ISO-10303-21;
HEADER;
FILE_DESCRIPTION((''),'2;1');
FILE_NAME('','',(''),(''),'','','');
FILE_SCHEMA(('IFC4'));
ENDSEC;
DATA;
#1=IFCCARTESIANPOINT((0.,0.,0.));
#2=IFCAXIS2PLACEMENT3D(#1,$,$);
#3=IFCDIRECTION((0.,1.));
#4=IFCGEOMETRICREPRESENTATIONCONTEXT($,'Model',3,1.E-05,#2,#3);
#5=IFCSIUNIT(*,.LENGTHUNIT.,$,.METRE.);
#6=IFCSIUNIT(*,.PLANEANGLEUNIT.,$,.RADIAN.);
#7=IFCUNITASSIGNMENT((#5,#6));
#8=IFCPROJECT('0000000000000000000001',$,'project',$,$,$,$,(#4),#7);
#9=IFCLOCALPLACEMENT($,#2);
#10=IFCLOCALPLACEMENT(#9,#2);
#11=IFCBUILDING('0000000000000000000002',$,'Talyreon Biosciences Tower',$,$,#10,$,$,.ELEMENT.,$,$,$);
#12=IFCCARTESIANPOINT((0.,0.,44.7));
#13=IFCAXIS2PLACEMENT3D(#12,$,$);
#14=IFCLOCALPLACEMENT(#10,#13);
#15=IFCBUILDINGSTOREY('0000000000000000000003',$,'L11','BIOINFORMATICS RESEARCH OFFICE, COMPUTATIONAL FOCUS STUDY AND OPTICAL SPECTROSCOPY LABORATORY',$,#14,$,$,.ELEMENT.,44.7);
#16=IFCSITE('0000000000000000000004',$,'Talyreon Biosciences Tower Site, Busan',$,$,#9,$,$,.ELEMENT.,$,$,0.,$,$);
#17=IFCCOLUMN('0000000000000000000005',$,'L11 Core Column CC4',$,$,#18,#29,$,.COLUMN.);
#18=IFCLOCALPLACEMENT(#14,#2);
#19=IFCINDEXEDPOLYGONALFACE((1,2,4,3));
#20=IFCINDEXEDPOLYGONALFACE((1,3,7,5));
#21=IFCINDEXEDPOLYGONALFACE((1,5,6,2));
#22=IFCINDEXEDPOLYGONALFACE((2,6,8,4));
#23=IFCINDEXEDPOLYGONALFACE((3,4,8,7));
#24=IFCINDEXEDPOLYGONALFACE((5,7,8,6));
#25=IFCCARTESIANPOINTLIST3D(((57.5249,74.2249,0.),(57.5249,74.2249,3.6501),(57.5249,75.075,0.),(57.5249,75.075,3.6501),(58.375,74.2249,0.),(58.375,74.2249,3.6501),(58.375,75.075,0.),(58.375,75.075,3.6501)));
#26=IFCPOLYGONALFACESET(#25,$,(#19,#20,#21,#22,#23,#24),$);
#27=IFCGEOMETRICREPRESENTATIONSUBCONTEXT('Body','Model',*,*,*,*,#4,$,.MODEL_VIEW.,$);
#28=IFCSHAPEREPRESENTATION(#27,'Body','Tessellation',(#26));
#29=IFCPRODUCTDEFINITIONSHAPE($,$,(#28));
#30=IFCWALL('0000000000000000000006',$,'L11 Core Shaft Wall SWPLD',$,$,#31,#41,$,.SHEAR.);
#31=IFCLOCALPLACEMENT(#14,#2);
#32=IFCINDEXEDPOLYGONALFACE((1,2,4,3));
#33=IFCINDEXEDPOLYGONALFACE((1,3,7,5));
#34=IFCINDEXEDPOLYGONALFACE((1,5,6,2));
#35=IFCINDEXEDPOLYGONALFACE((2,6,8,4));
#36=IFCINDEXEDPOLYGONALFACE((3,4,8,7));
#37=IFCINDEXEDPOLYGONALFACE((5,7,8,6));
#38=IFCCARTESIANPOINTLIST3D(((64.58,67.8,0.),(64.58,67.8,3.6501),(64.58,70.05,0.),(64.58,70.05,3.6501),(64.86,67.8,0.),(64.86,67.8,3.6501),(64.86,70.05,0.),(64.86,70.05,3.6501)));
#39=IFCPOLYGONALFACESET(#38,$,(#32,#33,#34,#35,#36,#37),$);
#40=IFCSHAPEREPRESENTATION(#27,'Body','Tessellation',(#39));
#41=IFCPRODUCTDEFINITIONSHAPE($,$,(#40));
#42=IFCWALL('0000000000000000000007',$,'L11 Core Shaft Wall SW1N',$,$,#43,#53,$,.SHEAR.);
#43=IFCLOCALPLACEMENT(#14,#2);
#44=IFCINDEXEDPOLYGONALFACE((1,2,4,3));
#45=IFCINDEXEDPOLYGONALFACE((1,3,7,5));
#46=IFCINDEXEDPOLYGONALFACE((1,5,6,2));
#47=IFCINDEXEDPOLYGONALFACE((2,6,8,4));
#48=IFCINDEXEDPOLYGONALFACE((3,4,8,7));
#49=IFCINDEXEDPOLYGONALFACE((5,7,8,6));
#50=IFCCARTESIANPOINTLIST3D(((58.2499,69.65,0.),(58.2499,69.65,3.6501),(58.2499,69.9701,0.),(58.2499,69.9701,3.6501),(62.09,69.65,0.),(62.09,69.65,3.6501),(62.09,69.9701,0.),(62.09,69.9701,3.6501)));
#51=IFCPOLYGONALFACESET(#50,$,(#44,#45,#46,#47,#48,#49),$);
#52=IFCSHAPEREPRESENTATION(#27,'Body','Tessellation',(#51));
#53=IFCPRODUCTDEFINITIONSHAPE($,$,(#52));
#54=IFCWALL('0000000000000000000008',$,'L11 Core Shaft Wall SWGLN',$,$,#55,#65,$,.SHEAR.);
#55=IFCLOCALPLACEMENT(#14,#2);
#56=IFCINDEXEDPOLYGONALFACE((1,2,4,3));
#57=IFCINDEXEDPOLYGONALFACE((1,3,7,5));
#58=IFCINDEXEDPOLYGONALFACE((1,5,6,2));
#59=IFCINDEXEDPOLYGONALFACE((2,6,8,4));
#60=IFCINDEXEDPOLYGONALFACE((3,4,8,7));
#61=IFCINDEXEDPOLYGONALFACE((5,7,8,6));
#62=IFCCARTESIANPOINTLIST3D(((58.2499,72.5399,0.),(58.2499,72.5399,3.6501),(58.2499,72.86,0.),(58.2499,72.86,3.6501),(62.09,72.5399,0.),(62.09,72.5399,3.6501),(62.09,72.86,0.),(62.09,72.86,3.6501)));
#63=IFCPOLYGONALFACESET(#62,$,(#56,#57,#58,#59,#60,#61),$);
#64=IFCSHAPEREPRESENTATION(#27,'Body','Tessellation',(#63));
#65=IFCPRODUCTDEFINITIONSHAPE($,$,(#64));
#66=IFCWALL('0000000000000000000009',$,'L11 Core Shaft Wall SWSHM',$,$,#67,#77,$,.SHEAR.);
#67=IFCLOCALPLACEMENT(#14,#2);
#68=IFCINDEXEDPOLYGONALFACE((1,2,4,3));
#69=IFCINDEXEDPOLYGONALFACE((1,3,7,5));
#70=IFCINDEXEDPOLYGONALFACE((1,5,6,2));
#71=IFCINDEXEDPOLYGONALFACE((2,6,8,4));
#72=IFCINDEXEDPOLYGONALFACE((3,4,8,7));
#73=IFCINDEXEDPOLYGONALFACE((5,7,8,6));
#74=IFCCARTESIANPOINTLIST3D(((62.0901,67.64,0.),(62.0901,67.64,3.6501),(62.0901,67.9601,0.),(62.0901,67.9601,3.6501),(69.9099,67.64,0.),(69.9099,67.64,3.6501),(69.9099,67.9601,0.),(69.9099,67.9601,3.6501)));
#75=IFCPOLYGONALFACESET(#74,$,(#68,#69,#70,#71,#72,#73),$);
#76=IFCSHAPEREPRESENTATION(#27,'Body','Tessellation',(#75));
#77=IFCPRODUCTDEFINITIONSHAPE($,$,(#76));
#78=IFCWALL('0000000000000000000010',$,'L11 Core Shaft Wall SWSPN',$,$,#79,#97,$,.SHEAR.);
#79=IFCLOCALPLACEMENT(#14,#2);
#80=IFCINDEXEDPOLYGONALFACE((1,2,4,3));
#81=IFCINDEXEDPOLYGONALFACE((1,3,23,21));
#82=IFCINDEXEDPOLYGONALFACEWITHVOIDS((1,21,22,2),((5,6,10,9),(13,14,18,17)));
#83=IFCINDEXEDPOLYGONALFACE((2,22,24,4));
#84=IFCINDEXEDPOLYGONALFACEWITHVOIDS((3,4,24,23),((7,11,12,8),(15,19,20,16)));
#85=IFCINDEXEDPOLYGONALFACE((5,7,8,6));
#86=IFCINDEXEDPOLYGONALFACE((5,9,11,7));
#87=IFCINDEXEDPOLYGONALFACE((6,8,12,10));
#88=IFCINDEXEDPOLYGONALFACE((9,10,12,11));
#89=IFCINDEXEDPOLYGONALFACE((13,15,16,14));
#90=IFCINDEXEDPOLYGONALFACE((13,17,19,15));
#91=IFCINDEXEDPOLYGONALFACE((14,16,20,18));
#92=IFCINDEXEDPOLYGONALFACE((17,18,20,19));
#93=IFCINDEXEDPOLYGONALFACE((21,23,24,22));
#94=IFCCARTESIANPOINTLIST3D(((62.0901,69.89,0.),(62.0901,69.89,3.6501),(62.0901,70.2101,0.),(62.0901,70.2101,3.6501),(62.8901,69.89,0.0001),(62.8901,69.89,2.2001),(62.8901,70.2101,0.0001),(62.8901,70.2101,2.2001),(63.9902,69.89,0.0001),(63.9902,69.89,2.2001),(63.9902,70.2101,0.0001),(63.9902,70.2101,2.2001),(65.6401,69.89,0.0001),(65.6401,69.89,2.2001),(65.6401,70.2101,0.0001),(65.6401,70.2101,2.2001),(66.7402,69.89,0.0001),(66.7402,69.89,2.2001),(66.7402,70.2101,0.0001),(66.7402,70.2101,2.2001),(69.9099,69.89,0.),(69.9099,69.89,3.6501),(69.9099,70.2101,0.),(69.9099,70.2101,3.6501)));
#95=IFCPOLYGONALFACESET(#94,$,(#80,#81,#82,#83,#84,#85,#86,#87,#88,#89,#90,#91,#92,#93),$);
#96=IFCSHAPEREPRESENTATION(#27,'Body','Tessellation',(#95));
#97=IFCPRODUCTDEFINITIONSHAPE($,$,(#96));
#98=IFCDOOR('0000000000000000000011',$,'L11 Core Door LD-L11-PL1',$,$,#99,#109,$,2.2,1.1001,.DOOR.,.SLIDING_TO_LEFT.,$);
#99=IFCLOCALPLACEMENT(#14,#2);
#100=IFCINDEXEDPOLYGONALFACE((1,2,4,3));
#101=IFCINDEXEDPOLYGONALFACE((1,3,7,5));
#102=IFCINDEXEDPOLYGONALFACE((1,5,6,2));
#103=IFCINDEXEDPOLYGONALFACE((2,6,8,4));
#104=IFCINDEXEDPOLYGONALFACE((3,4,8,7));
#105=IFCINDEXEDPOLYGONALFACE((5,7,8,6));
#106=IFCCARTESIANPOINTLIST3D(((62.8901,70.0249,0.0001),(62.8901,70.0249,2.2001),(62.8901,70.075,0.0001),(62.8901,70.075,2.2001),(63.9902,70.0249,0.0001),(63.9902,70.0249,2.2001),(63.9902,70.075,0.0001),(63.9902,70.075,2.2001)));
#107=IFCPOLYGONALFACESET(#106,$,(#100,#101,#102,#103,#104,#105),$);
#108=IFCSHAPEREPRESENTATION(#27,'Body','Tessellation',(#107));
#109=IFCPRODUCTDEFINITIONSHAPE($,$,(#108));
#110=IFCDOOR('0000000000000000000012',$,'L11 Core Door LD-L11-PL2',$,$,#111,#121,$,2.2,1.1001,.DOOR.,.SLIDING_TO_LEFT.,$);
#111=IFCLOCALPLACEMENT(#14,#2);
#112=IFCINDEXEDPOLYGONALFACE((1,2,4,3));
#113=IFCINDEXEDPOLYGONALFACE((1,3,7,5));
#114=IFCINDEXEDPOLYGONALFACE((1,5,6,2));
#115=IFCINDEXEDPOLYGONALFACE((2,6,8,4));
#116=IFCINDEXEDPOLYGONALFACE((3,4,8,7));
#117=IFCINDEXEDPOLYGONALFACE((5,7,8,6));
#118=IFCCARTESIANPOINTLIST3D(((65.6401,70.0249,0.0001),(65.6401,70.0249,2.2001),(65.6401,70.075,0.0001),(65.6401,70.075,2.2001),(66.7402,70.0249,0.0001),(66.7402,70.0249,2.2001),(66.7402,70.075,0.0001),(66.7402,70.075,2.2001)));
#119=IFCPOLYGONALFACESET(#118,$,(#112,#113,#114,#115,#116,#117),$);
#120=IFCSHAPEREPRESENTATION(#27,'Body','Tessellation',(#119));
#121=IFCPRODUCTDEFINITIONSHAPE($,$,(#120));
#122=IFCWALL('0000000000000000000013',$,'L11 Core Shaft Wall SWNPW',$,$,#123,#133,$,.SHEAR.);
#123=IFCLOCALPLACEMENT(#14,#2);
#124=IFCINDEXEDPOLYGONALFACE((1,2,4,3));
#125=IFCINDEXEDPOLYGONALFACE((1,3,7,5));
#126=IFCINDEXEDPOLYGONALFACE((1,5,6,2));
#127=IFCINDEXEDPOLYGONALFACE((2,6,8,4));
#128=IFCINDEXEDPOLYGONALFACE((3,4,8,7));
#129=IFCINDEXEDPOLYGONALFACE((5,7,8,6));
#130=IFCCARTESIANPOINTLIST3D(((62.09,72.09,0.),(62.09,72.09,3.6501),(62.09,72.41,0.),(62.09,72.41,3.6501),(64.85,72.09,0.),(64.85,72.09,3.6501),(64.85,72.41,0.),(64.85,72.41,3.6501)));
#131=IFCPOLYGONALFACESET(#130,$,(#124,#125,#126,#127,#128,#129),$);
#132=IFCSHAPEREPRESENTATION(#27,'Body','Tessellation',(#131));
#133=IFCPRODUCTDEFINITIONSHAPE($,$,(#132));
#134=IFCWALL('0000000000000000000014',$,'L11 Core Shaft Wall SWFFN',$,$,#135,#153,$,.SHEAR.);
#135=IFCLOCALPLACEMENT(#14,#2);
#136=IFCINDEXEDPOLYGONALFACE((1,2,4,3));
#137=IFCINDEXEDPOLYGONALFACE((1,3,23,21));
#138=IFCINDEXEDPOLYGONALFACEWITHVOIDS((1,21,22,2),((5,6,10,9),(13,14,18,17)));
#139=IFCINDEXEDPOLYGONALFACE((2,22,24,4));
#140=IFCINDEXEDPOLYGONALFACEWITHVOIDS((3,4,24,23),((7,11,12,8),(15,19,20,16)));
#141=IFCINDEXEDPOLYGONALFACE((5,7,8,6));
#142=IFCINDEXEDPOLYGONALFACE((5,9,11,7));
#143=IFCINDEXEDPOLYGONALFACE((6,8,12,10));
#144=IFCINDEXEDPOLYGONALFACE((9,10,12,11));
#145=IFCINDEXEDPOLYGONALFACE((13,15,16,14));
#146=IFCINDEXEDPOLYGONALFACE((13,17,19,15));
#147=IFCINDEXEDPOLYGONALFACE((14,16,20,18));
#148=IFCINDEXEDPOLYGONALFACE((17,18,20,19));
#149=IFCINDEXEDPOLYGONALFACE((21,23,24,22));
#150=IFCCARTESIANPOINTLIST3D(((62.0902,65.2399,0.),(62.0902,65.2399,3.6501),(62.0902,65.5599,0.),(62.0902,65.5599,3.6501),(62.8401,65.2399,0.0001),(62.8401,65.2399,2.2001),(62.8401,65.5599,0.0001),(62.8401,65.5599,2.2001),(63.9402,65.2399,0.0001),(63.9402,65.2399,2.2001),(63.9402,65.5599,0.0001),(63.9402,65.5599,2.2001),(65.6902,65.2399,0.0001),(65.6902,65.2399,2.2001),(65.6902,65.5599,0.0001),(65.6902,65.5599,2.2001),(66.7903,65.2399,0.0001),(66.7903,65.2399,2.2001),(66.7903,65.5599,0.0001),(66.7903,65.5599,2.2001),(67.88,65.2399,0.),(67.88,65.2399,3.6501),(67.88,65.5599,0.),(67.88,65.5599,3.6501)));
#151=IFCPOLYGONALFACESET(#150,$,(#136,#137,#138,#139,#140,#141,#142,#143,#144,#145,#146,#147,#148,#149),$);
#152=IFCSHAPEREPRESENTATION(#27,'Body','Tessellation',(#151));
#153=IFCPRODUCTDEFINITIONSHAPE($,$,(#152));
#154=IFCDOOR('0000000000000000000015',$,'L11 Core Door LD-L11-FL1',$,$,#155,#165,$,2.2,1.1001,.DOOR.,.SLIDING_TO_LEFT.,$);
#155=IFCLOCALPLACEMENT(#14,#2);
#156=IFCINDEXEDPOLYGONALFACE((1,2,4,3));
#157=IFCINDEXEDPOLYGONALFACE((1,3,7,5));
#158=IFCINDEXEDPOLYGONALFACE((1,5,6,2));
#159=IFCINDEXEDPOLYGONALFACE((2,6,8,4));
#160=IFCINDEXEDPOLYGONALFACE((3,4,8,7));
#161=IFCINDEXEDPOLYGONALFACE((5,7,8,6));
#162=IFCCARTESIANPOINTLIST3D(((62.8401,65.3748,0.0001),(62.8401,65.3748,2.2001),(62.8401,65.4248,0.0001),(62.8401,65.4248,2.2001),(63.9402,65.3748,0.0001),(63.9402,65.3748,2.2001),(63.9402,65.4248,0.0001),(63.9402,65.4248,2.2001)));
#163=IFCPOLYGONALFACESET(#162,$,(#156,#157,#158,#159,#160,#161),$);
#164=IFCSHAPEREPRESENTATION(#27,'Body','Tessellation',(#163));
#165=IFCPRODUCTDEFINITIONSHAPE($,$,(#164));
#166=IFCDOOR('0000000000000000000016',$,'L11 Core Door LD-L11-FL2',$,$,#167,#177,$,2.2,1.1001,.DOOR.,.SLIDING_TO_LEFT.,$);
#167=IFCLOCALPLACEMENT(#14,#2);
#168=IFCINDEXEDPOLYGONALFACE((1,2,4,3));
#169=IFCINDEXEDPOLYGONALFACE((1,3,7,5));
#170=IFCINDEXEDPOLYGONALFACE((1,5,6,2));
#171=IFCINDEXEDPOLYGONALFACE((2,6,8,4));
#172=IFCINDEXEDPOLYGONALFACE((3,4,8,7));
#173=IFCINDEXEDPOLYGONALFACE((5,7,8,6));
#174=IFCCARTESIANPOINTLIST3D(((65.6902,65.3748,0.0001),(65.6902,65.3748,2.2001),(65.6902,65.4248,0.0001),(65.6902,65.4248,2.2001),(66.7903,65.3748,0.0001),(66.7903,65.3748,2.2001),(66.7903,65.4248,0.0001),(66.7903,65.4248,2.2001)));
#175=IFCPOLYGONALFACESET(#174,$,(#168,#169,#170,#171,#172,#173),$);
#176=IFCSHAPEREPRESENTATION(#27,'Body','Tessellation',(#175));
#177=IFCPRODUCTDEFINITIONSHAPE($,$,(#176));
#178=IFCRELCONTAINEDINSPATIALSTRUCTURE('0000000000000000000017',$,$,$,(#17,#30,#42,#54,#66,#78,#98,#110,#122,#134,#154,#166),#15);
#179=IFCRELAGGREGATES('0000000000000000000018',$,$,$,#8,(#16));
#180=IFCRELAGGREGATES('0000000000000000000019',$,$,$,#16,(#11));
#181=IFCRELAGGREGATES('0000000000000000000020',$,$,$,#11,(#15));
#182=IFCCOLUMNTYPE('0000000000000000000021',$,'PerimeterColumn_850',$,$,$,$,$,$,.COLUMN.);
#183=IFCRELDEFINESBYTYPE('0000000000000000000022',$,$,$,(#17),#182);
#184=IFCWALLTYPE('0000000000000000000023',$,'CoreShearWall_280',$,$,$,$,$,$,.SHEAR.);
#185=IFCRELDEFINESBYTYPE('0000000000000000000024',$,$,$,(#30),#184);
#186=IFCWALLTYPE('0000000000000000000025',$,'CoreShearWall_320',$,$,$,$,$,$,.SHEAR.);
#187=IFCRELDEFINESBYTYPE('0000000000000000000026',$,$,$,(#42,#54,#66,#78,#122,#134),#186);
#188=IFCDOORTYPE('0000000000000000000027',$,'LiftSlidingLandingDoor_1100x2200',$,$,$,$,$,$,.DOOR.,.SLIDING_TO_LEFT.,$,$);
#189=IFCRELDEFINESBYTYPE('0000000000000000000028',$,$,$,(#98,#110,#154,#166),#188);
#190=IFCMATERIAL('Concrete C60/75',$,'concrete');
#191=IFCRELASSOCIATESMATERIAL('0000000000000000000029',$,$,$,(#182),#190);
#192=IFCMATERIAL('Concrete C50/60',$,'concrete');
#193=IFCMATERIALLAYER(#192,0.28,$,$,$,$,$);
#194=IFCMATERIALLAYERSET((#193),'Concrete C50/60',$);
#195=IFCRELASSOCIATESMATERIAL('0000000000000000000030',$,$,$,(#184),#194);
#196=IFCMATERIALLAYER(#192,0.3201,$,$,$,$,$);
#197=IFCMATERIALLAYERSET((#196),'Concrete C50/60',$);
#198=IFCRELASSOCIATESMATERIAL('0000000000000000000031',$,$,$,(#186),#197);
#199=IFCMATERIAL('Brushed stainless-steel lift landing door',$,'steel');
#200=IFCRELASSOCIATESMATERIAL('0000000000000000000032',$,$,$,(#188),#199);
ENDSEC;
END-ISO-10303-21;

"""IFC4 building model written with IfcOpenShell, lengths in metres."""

from ifc_helpers import new_model, si_unit, direction, frame, frame_2d, origin, origin_2d, place, context, subcontext, project, spatial, rectangle, extrude, material, layer, layer_set, material_profile, profile_set, type_object, element, fill, save


model = new_model("IFC4")

# Units and contexts
model_context = context("Model", 3, precision=1e-05, world=origin(), true_north=direction((0.0, 1.0)))
body_context = subcontext(model_context, "Body", "Model", "MODEL_VIEW")
ifc_project = project(units=[si_unit("LENGTHUNIT", "METRE"), si_unit("PLANEANGLEUNIT", "RADIAN")], contexts=[model_context])

# Site, building, storey
site_placement = place(None, origin())
site = spatial("IfcSite", under=ifc_project, at=site_placement, Name="Talyreon Biosciences Tower Site, Busan", CompositionType="ELEMENT", RefElevation=0.0)
building_placement = place(site_placement, origin())
building = spatial("IfcBuilding", under=site, at=building_placement, Name="Talyreon Biosciences Tower", CompositionType="ELEMENT")
storey_placement = place(building_placement, frame((0.0, 0.0, 44.7)))
storey = spatial("IfcBuildingStorey", under=building, at=storey_placement, Name="L11", Description="BIOINFORMATICS RESEARCH OFFICE, COMPUTATIONAL FOCUS STUDY AND OPTICAL SPECTROSCOPY LABORATORY", CompositionType="ELEMENT", Elevation=44.7)

# Column
ifc_material_1 = material(Name="Concrete C60/75", Category="concrete")
ifc_material_profile = material_profile(ifc_material_1, rectangle(XDim=0.8501, YDim=0.8501, at=origin_2d()), Name="RC 850x850")
ifc_profile_set = profile_set([ifc_material_profile], Name="Concrete C60/75")
column_type = type_object("IfcColumnType", Name="PerimeterColumn_850", PredefinedType="COLUMN", material=ifc_profile_set)
column_placement = place(storey_placement, frame((57.95, 74.6499, 0.0), z_axis=(0.0, 0.0, 1.0), x_axis=(1.0, 0.0, 0.0)))
element("IfcColumn", 1, at=column_placement, inside=storey, type_object=column_type, Name="L11 Core Column CC4", PredefinedType="COLUMN", context=body_context, shape_type="SweptSolid", body=[
    extrude(rectangle(XDim=0.8501, YDim=0.8501, at=origin_2d()), origin(), (0.0, 0.0, 1.0), 3.6501),
])

# Walls
ifc_material_2 = material(Name="Concrete C50/60", Category="concrete")
ifc_layer_1 = layer(ifc_material_2, 0.28)
ifc_layer_set_1 = layer_set([ifc_layer_1], Name="Concrete C50/60")
wall_type_1 = type_object("IfcWallType", Name="CoreShearWall_280", PredefinedType="SHEAR", material=ifc_layer_set_1)
wall_1_placement = place(storey_placement, frame((64.72, 67.8, 0.0), z_axis=(0.0, 0.0, 1.0), x_axis=(0.0, 1.0, 0.0)))
element("IfcWall", 2, at=wall_1_placement, inside=storey, type_object=wall_type_1, Name="L11 Core Shaft Wall SWPLD", PredefinedType="SHEAR", context=body_context, shape_type="SweptSolid", body=[
    extrude(rectangle(XDim=2.25, YDim=0.28, at=frame_2d((1.125, 0.0))), origin(), (0.0, 0.0, 1.0), 3.6501),
])
ifc_layer_2 = layer(ifc_material_2, 0.3201)
ifc_layer_set_2 = layer_set([ifc_layer_2], Name="Concrete C50/60")
wall_type_2 = type_object("IfcWallType", Name="CoreShearWall_320", PredefinedType="SHEAR", material=ifc_layer_set_2)
for number, where, z_axis, x_axis, name in (
    (3, (58.25, 69.8101, 0.0), (0.0, 0.0, 1.0), (1.0, 0.0, 0.0), "L11 Core Shaft Wall SW1N"),
    (4, (58.25, 72.7, 0.0), (0.0, 0.0, 1.0), (1.0, 0.0, 0.0), "L11 Core Shaft Wall SWGLN"),
):
    element("IfcWall", number, at=place(storey_placement, frame(where, z_axis=z_axis, x_axis=x_axis)), inside=storey, type_object=wall_type_2, Name=name, PredefinedType="SHEAR", context=body_context, shape_type="SweptSolid", body=[
        extrude(rectangle(XDim=3.8401, YDim=0.3201, at=frame_2d((1.9199, 0.0))), origin(), (0.0, 0.0, 1.0), 3.6501),
    ])
wall_2_placement = place(storey_placement, frame((62.0901, 67.8, 0.0), z_axis=(0.0, 0.0, 1.0), x_axis=(1.0, 0.0, 0.0)))
element("IfcWall", 5, at=wall_2_placement, inside=storey, type_object=wall_type_2, Name="L11 Core Shaft Wall SWSHM", PredefinedType="SHEAR", context=body_context, shape_type="SweptSolid", body=[
    extrude(rectangle(XDim=7.8198, YDim=0.3201, at=frame_2d((3.9099, 0.0))), origin(), (0.0, 0.0, 1.0), 3.6501),
])

# Wall, openings, doors
wall_3_placement = place(storey_placement, frame((62.0901, 70.05, 0.0), z_axis=(0.0, 0.0, 1.0), x_axis=(1.0, 0.0, 0.0)))
wall_3 = element("IfcWall", 6, at=wall_3_placement, inside=storey, type_object=wall_type_2, Name="L11 Core Shaft Wall SWSPN", PredefinedType="SHEAR", context=body_context, shape_type="SweptSolid", body=[
    extrude(rectangle(XDim=7.8198, YDim=0.3201, at=frame_2d((3.9099, 0.0))), origin(), (0.0, 0.0, 1.0), 3.6501),
])
opening_1_placement = place(wall_3_placement, frame((0.8, 0.0, 0.0)))
opening_1 = element("IfcOpeningElement", 7, at=opening_1_placement, cuts=wall_3, PredefinedType="OPENING", context=body_context, shape_type="SweptSolid", body=[
    extrude(rectangle(XDim=1.1001, YDim=2.2, at=frame_2d((0.55, 1.1001))), frame((0.0, 0.1699, 0.0), z_axis=(0.0, -1.0, 0.0), x_axis=(1.0, 0.0, 0.0)), (0.0, 0.0, 1.0), 0.3401),
])
opening_2_placement = place(wall_3_placement, frame((3.55, 0.0, 0.0)))
opening_2 = element("IfcOpeningElement", 8, at=opening_2_placement, cuts=wall_3, PredefinedType="OPENING", context=body_context, shape_type="SweptSolid", body=[
    extrude(rectangle(XDim=1.1001, YDim=2.2, at=frame_2d((0.55, 1.1001))), frame((0.0, 0.1699, 0.0), z_axis=(0.0, -1.0, 0.0), x_axis=(1.0, 0.0, 0.0)), (0.0, 0.0, 1.0), 0.3401),
])
ifc_material_3 = material(Name="Brushed stainless-steel lift landing door", Category="steel")
door_type = type_object("IfcDoorType", Name="LiftSlidingLandingDoor_1100x2200", OperationType="SLIDING_TO_LEFT", PredefinedType="DOOR", material=ifc_material_3)
door_1_placement = place(opening_1_placement, origin())
door_1 = element("IfcDoor", 9, at=door_1_placement, inside=storey, type_object=door_type, Name="L11 Core Door LD-L11-PL1", OperationType="SLIDING_TO_LEFT", OverallHeight=2.2, OverallWidth=1.1001, PredefinedType="DOOR", context=body_context, shape_type="SweptSolid", body=[
    extrude(rectangle(XDim=1.1001, YDim=2.2, at=frame_2d((0.55, 1.1001))), frame((0.0, 0.0249, 0.0), z_axis=(0.0, -1.0, 0.0), x_axis=(1.0, 0.0, 0.0)), (0.0, 0.0, 1.0), 0.05),
])
fill(opening_1, door_1)
door_2_placement = place(opening_2_placement, origin())
door_2 = element("IfcDoor", 10, at=door_2_placement, inside=storey, type_object=door_type, Name="L11 Core Door LD-L11-PL2", OperationType="SLIDING_TO_LEFT", OverallHeight=2.2, OverallWidth=1.1001, PredefinedType="DOOR", context=body_context, shape_type="SweptSolid", body=[
    extrude(rectangle(XDim=1.1001, YDim=2.2, at=frame_2d((0.55, 1.1001))), frame((0.0, 0.0249, 0.0), z_axis=(0.0, -1.0, 0.0), x_axis=(1.0, 0.0, 0.0)), (0.0, 0.0, 1.0), 0.05),
])
fill(opening_2, door_2)

# Wall
wall_4_placement = place(storey_placement, frame((62.0901, 72.25, 0.0), z_axis=(0.0, 0.0, 1.0), x_axis=(1.0, 0.0, 0.0)))
element("IfcWall", 11, at=wall_4_placement, inside=storey, type_object=wall_type_2, Name="L11 Core Shaft Wall SWNPW", PredefinedType="SHEAR", context=body_context, shape_type="SweptSolid", body=[
    extrude(rectangle(XDim=2.76, YDim=0.3201, at=frame_2d((1.3799, 0.0))), origin(), (0.0, 0.0, 1.0), 3.6501),
])

# Wall, openings, doors
wall_5_placement = place(storey_placement, frame((62.0901, 65.3999, 0.0), z_axis=(0.0, 0.0, 1.0), x_axis=(1.0, 0.0, 0.0)))
wall_5 = element("IfcWall", 12, at=wall_5_placement, inside=storey, type_object=wall_type_2, Name="L11 Core Shaft Wall SWFFN", PredefinedType="SHEAR", context=body_context, shape_type="SweptSolid", body=[
    extrude(rectangle(XDim=5.7898, YDim=0.3201, at=frame_2d((2.895, 0.0))), origin(), (0.0, 0.0, 1.0), 3.6501),
])
opening_3_placement = place(wall_5_placement, frame((0.75, 0.0, 0.0)))
opening_3 = element("IfcOpeningElement", 13, at=opening_3_placement, cuts=wall_5, PredefinedType="OPENING", context=body_context, shape_type="SweptSolid", body=[
    extrude(rectangle(XDim=1.1001, YDim=2.2, at=frame_2d((0.55, 1.1001))), frame((0.0, 0.1699, 0.0), z_axis=(0.0, -1.0, 0.0), x_axis=(1.0, 0.0, 0.0)), (0.0, 0.0, 1.0), 0.3401),
])
opening_4_placement = place(wall_5_placement, frame((3.6001, 0.0, 0.0)))
opening_4 = element("IfcOpeningElement", 14, at=opening_4_placement, cuts=wall_5, PredefinedType="OPENING", context=body_context, shape_type="SweptSolid", body=[
    extrude(rectangle(XDim=1.1001, YDim=2.2, at=frame_2d((0.55, 1.1001))), frame((0.0, 0.1699, 0.0), z_axis=(0.0, -1.0, 0.0), x_axis=(1.0, 0.0, 0.0)), (0.0, 0.0, 1.0), 0.3401),
])
door_3_placement = place(opening_3_placement, origin())
door_3 = element("IfcDoor", 15, at=door_3_placement, inside=storey, type_object=door_type, Name="L11 Core Door LD-L11-FL1", OperationType="SLIDING_TO_LEFT", OverallHeight=2.2, OverallWidth=1.1001, PredefinedType="DOOR", context=body_context, shape_type="SweptSolid", body=[
    extrude(rectangle(XDim=1.1001, YDim=2.2, at=frame_2d((0.55, 1.1001))), frame((0.0, 0.0249, 0.0), z_axis=(0.0, -1.0, 0.0), x_axis=(1.0, 0.0, 0.0)), (0.0, 0.0, 1.0), 0.05),
])
fill(opening_3, door_3)
door_4_placement = place(opening_4_placement, origin())
door_4 = element("IfcDoor", 16, at=door_4_placement, inside=storey, type_object=door_type, Name="L11 Core Door LD-L11-FL2", OperationType="SLIDING_TO_LEFT", OverallHeight=2.2, OverallWidth=1.1001, PredefinedType="DOOR", context=body_context, shape_type="SweptSolid", body=[
    extrude(rectangle(XDim=1.1001, YDim=2.2, at=frame_2d((0.55, 1.1001))), frame((0.0, 0.0249, 0.0), z_axis=(0.0, -1.0, 0.0), x_axis=(1.0, 0.0, 0.0)), (0.0, 0.0, 1.0), 0.05),
])
fill(opening_4, door_4)

save(model, "model.ifc")
